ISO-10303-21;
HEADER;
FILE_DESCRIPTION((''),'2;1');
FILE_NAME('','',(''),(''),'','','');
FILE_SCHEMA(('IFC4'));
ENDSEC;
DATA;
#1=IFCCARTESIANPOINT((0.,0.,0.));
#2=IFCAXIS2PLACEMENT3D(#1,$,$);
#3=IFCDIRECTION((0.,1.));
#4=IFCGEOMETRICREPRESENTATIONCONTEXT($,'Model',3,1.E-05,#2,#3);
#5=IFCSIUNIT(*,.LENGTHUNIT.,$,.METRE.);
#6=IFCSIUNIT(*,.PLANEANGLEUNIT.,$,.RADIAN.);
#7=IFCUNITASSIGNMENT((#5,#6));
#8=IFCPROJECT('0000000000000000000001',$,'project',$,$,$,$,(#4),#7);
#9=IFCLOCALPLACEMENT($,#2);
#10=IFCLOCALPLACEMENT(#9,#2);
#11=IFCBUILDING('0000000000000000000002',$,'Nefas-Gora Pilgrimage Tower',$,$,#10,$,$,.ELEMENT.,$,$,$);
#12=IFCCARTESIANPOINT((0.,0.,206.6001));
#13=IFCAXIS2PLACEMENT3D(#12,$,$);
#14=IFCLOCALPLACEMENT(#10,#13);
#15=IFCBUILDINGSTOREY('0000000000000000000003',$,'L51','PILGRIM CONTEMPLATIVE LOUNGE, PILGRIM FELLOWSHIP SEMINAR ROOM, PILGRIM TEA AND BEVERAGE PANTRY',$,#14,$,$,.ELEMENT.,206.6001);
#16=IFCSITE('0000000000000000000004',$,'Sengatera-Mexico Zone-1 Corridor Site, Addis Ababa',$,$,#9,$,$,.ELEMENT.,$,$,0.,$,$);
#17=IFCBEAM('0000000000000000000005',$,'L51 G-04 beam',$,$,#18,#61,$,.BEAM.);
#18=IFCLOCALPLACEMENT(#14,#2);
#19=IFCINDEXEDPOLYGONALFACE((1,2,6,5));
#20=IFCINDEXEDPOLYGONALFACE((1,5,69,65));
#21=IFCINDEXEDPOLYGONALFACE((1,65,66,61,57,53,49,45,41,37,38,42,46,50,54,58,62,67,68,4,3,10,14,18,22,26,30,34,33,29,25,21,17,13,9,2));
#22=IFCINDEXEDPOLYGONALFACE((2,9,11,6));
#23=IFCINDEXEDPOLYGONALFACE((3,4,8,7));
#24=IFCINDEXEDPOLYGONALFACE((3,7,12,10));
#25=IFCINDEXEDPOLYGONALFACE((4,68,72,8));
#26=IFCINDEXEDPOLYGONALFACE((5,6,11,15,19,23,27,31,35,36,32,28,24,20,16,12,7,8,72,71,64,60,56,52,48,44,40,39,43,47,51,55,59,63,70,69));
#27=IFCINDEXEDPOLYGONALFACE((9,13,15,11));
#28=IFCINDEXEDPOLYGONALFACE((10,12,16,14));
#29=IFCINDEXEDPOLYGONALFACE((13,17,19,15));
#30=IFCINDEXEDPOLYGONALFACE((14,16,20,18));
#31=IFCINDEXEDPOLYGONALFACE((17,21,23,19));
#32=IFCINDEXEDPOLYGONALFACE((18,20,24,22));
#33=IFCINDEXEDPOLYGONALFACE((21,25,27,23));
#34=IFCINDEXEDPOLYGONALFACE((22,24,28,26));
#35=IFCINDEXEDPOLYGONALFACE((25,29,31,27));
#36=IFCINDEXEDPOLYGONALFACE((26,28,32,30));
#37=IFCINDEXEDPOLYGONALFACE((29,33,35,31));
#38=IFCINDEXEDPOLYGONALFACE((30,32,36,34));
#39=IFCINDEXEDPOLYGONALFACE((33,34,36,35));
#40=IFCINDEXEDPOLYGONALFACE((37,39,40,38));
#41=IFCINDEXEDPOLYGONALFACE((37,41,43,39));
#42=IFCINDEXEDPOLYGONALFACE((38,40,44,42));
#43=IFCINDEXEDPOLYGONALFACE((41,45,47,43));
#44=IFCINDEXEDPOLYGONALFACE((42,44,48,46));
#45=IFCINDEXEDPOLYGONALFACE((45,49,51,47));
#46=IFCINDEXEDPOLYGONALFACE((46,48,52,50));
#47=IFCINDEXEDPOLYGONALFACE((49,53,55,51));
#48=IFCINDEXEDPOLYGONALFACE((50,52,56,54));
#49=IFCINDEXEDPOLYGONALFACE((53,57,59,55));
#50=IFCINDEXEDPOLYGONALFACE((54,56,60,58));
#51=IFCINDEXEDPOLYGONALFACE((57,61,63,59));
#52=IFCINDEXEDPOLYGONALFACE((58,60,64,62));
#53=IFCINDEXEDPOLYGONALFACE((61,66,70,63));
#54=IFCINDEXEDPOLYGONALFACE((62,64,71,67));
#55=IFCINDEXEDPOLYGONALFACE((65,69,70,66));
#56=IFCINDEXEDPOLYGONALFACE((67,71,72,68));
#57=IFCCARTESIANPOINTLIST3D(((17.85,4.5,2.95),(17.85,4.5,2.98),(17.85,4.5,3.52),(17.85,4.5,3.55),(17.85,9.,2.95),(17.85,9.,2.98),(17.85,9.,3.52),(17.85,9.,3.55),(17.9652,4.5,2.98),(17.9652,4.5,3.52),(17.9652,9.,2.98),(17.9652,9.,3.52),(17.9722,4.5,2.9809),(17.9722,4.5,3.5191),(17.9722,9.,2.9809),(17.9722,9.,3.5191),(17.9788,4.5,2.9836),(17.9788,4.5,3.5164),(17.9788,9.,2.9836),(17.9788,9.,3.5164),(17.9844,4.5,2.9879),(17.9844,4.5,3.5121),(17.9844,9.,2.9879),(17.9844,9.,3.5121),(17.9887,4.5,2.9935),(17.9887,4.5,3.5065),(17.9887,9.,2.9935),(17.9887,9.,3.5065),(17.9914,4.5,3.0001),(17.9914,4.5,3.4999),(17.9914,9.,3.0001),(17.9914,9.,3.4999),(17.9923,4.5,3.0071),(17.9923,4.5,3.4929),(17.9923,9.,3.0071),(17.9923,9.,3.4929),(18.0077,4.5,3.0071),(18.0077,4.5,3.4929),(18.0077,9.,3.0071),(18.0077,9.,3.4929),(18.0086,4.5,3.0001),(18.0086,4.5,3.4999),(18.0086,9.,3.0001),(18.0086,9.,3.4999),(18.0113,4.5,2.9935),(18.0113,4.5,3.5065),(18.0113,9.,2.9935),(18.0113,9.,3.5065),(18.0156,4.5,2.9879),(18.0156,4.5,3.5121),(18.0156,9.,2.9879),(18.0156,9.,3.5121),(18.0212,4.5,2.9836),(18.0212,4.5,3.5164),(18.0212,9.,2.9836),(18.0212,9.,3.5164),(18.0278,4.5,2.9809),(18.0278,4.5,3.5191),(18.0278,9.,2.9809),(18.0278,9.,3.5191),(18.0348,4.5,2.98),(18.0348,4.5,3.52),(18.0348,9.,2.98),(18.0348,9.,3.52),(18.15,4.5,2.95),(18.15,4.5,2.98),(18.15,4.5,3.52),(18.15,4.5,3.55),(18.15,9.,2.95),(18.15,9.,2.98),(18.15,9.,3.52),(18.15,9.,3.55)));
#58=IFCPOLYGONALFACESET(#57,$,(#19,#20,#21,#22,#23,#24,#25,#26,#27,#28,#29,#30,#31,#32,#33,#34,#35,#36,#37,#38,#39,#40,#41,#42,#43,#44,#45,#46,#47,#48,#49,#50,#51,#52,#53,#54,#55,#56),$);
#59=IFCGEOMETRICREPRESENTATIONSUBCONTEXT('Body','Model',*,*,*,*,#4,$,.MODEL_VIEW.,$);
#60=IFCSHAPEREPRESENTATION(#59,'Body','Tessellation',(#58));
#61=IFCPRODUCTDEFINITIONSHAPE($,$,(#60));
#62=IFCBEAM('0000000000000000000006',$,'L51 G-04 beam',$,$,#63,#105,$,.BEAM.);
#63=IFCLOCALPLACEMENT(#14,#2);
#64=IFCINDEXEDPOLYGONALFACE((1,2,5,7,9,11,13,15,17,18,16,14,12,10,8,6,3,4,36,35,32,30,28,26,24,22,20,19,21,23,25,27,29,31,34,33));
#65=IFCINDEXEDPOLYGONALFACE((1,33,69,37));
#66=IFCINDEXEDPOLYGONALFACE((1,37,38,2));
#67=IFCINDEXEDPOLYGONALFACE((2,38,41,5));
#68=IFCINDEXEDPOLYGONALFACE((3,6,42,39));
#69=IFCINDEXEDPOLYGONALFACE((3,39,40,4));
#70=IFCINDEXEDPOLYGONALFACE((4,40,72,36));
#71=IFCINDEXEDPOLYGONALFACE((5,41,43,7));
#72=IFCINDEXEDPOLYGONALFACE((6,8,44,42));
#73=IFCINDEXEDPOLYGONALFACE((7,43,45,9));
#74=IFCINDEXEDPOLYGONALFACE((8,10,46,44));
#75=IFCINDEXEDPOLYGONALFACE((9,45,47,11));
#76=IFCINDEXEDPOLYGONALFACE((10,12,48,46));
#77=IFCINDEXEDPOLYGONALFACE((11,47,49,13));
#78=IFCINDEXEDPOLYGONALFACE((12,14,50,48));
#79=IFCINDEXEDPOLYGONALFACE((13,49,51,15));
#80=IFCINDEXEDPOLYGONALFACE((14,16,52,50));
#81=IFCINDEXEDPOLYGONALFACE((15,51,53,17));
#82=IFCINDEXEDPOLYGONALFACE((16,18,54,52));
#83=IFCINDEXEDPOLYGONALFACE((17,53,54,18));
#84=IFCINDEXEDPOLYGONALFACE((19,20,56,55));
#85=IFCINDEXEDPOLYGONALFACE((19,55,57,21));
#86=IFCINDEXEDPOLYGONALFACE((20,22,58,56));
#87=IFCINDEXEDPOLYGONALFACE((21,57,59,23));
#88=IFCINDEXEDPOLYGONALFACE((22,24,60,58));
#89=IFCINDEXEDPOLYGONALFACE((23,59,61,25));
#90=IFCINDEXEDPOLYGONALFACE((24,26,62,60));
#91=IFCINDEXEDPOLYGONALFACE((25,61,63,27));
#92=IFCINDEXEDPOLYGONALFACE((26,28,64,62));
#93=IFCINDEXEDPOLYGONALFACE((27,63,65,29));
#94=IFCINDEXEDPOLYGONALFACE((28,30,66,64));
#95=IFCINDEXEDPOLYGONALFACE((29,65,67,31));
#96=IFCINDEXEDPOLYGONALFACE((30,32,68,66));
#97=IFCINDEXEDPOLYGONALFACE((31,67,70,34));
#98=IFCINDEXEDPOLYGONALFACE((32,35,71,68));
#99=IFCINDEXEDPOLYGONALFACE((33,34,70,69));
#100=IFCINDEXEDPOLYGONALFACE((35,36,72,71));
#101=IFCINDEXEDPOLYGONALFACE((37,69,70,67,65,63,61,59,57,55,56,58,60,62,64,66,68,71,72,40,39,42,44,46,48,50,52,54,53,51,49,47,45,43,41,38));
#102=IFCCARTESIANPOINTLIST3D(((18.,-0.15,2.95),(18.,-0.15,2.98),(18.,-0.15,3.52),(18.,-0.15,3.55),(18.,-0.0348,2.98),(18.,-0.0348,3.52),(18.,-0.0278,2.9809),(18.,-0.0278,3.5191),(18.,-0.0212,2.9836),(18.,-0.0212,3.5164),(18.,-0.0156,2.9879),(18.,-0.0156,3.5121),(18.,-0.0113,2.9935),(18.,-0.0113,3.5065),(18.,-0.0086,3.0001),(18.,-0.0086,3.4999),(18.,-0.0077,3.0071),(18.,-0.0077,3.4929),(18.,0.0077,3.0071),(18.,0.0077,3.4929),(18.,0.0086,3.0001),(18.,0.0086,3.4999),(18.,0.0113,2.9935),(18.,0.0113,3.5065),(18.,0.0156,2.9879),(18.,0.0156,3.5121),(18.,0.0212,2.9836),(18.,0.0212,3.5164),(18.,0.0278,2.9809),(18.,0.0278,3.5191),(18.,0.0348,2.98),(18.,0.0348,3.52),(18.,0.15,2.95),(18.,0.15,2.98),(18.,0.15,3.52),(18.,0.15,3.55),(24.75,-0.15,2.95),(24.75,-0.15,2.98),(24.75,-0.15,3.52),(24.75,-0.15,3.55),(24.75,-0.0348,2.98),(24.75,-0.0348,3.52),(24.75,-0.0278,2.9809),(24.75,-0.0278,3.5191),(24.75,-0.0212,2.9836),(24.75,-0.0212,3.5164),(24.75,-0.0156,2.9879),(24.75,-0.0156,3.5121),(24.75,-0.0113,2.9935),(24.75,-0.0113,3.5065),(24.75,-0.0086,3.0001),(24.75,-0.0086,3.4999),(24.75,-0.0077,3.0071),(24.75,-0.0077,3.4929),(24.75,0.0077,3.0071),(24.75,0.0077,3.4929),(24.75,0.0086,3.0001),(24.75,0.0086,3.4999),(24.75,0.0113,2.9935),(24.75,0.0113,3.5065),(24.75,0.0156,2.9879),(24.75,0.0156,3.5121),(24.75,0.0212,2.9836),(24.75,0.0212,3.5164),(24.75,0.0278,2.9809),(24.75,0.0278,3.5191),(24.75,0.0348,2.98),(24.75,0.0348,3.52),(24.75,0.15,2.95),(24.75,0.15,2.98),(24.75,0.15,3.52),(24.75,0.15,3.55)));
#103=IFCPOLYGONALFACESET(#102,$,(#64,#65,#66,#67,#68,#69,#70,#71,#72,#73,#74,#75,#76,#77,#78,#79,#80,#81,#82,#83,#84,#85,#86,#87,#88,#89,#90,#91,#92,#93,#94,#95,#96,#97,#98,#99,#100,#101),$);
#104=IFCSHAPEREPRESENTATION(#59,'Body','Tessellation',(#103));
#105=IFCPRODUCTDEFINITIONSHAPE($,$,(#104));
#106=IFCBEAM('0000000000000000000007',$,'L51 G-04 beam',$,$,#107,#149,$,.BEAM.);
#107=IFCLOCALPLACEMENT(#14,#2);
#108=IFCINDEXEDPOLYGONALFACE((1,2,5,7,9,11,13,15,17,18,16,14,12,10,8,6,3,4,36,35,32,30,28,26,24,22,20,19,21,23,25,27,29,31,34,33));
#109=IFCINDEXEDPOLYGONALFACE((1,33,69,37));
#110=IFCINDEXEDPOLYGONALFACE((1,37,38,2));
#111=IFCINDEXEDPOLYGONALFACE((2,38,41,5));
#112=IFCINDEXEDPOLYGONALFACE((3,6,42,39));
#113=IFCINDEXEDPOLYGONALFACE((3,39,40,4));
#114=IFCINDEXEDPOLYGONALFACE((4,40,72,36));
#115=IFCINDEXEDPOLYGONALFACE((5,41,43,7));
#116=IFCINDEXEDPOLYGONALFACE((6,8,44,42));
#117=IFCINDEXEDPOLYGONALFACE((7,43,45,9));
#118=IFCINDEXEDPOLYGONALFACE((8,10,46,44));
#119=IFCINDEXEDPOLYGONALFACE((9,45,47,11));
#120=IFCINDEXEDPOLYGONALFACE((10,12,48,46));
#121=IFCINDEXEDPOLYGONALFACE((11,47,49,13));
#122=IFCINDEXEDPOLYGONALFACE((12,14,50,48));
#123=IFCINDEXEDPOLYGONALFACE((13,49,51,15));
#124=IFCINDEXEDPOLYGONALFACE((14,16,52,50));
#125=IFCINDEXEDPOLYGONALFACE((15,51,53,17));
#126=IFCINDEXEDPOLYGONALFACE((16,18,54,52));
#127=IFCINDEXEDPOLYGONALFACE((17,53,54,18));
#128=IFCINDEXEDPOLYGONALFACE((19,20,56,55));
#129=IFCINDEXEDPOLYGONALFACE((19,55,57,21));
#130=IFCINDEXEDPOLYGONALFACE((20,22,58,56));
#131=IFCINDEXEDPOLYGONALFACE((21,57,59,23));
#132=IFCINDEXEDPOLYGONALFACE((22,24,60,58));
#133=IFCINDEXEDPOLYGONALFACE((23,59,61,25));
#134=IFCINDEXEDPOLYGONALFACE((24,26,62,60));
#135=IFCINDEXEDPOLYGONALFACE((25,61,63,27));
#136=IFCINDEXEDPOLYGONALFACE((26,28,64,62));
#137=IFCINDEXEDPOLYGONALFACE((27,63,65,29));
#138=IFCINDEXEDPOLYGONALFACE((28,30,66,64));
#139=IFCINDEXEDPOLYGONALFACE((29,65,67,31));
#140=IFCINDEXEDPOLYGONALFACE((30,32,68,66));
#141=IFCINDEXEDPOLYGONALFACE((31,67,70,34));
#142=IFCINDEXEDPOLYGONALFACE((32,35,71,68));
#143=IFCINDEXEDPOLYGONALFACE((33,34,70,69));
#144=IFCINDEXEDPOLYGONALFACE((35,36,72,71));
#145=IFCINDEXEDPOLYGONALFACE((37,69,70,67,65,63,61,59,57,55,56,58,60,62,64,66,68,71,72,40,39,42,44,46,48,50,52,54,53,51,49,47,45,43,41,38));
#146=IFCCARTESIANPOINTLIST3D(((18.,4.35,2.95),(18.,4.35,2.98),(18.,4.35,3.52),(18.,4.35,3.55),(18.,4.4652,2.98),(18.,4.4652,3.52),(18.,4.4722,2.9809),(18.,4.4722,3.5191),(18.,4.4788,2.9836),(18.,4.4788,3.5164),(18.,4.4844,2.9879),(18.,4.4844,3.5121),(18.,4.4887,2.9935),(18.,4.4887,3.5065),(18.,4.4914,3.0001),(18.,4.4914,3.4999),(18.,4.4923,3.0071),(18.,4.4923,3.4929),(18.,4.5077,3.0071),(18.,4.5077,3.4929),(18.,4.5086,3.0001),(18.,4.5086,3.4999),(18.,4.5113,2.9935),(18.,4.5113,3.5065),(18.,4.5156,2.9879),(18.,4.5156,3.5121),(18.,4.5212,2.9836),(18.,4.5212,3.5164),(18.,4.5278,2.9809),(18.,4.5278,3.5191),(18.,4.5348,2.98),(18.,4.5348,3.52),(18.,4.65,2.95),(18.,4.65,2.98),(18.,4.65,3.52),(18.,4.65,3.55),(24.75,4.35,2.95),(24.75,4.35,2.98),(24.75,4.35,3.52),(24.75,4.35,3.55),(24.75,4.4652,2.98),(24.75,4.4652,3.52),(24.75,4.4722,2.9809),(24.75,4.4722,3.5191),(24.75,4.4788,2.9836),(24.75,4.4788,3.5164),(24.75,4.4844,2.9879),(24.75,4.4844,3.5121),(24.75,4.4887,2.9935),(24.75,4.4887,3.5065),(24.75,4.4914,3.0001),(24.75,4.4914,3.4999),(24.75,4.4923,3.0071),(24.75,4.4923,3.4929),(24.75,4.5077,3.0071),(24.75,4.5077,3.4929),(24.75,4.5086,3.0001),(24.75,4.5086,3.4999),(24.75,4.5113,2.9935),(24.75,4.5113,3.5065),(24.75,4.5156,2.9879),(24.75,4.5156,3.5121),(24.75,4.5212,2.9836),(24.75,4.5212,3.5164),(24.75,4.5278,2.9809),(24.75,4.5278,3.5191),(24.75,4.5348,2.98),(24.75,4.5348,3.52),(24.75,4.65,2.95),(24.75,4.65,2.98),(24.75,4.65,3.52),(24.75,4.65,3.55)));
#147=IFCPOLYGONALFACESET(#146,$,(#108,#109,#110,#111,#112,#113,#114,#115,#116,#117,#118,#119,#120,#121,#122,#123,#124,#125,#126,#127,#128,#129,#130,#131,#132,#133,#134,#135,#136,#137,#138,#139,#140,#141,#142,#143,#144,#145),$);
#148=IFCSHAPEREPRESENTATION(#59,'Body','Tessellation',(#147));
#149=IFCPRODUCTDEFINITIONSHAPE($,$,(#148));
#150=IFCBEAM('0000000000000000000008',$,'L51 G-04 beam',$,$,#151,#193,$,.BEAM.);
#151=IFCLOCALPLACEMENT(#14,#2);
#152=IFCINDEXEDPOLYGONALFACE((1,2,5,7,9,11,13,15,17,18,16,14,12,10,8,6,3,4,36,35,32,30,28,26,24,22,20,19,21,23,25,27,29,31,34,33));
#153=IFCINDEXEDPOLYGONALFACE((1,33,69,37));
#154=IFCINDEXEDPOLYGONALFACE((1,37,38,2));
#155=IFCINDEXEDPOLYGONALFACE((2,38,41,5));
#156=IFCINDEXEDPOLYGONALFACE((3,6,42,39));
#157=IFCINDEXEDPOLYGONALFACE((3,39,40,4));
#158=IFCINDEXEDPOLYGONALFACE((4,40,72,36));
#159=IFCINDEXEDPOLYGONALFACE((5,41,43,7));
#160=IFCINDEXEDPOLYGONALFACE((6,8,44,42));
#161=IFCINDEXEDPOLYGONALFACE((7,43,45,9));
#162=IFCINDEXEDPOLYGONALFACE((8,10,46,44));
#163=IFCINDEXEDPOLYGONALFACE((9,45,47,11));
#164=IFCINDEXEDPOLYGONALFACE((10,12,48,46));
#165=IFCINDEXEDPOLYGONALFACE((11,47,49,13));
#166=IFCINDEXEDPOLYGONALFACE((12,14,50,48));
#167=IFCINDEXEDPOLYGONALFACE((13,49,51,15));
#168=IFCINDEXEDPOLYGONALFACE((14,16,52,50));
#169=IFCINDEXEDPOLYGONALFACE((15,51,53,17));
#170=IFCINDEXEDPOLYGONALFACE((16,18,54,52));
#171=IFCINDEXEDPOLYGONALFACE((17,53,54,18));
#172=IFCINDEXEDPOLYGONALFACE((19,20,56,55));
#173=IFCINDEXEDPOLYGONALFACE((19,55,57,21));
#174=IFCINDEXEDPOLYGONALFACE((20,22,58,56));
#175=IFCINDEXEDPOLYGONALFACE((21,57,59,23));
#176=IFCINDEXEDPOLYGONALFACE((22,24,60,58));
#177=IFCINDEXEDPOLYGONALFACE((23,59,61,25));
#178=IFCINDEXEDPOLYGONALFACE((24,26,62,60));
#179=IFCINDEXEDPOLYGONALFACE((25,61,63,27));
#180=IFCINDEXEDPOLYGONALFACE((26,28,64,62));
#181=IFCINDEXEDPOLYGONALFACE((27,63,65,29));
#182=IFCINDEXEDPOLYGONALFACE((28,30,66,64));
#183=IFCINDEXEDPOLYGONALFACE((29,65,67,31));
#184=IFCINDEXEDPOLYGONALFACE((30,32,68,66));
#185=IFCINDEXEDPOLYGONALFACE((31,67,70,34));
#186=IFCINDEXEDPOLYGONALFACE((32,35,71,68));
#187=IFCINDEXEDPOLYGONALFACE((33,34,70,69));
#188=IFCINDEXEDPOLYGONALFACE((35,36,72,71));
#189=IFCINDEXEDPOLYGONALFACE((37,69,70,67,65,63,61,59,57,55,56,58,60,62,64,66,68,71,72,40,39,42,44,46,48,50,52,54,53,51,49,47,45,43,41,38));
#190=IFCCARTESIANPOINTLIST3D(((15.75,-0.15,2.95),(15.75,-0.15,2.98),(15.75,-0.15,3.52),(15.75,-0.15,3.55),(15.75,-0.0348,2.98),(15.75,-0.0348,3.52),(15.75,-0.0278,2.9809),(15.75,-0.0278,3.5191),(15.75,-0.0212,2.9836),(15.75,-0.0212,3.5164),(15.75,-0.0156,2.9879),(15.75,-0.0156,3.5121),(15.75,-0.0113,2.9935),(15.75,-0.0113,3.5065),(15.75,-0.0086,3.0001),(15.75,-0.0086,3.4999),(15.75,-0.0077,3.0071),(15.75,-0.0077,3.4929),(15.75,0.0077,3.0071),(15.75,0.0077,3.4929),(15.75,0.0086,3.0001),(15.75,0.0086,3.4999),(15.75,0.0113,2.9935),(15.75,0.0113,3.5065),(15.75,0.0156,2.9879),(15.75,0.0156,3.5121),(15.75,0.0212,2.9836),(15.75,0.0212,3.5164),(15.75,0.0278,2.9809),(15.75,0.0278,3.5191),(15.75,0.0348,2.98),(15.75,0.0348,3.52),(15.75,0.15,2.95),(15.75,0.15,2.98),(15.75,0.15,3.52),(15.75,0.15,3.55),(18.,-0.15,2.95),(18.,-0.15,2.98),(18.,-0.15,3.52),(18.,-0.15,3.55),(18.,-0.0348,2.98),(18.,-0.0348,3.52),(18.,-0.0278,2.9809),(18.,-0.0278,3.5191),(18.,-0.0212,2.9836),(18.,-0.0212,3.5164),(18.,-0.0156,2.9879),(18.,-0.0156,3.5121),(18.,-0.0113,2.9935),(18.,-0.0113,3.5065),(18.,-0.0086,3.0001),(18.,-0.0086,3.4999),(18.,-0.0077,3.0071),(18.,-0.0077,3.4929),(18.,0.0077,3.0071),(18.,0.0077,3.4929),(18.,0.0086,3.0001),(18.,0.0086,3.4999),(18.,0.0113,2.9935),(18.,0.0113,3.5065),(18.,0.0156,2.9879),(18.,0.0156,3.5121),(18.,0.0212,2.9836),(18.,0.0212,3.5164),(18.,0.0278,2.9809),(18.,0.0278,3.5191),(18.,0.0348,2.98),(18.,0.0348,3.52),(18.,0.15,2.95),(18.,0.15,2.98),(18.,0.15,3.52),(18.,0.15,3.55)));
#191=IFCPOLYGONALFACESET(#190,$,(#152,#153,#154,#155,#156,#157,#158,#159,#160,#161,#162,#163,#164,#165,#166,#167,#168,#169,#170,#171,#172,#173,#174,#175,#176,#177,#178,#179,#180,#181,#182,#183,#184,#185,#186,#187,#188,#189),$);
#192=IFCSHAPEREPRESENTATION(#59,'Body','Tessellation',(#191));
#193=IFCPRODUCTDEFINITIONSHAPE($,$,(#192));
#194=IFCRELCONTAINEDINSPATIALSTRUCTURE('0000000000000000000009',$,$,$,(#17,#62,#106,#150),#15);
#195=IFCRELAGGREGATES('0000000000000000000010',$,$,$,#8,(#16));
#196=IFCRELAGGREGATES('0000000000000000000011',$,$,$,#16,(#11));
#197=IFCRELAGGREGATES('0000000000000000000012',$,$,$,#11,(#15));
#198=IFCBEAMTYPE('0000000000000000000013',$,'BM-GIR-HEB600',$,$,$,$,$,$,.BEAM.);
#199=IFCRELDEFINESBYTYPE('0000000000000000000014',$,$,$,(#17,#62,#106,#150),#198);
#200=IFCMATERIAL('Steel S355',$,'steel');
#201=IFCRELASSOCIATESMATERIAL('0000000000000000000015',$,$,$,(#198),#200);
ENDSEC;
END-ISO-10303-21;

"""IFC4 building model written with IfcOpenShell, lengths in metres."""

from ifc_helpers import new_model, si_unit, direction, frame, origin, origin_2d, place, context, subcontext, project, spatial, i_section, extrude, source, transform, mapped, material, material_profile, profile_set, type_object, element, save


model = new_model("IFC4")

# Units and contexts
model_context = context("Model", 3, precision=1e-05, world=origin(), true_north=direction((0.0, 1.0)))
body_context = subcontext(model_context, "Body", "Model", "MODEL_VIEW")
ifc_project = project(units=[si_unit("LENGTHUNIT", "METRE"), si_unit("PLANEANGLEUNIT", "RADIAN")], contexts=[model_context])

# Site, building, storey
site_placement = place(None, origin())
site = spatial("IfcSite", under=ifc_project, at=site_placement, Name="Sengatera-Mexico Zone-1 Corridor Site, Addis Ababa", CompositionType="ELEMENT", RefElevation=0.0)
building_placement = place(site_placement, origin())
building = spatial("IfcBuilding", under=site, at=building_placement, Name="Nefas-Gora Pilgrimage Tower", CompositionType="ELEMENT")
storey_placement = place(building_placement, frame((0.0, 0.0, 206.6001)))
storey = spatial("IfcBuildingStorey", under=building, at=storey_placement, Name="L51", Description="PILGRIM CONTEMPLATIVE LOUNGE, PILGRIM FELLOWSHIP SEMINAR ROOM, PILGRIM TEA AND BEVERAGE PANTRY", CompositionType="ELEMENT", Elevation=206.6001)

# Beams
ifc_material_1 = material(Name="Steel S355", Category="steel")
ifc_material_profile_1 = material_profile(ifc_material_1, i_section(OverallWidth=0.3, OverallDepth=0.6001, WebThickness=0.0154, FlangeThickness=0.03, FilletRadius=0.0271, at=origin_2d()), Name="HEB 600")
ifc_profile_set_1 = profile_set([ifc_material_profile_1], Name="Steel S355")
beam_type_1 = type_object("IfcBeamType", Name="BM-GIR-HEB600", PredefinedType="BEAM", material=ifc_profile_set_1)
shared_shape_1 = source(origin(), body_context, "Body", "SweptSolid", [
    extrude(i_section(OverallWidth=0.3, OverallDepth=0.6001, WebThickness=0.0154, FlangeThickness=0.03, FilletRadius=0.0271, at=origin_2d()), origin(), (0.0, 0.0, 1.0), 4.5),
])
for number, where, z_axis, x_axis, name in (
    (1, (18.0, 4.5, 3.25), (0.0, 1.0, 0.0), (-1.0, 0.0, 0.0), "L51 G-04 beam"),
):
    element("IfcBeam", number, at=place(storey_placement, frame(where, z_axis=z_axis, x_axis=x_axis)), inside=storey, type_object=beam_type_1, Name=name, PredefinedType="BEAM", context=body_context, shape_type="MappedRepresentation", body=[
        mapped(shared_shape_1, transform((0.0, 0.0, 0.0), x_axis=(1.0, 0.0, 0.0), y_axis=(0.0, 1.0, 0.0), z_axis=(0.0, 0.0, 1.0), scale=1.0)),
    ])
shared_shape_2 = source(origin(), body_context, "Body", "SweptSolid", [
    extrude(i_section(OverallWidth=0.3, OverallDepth=0.6001, WebThickness=0.0154, FlangeThickness=0.03, FilletRadius=0.0271, at=origin_2d()), origin(), (0.0, 0.0, 1.0), 6.75),
])
for number, where, z_axis, x_axis, name in (
    (2, (18.0, 0.0, 3.25), (1.0, 0.0, 0.0), (0.0, 1.0, 0.0), "L51 G-04 beam"),
    (3, (18.0, 4.5, 3.25), (1.0, 0.0, 0.0), (0.0, 1.0, 0.0), "L51 G-04 beam"),
):
    element("IfcBeam", number, at=place(storey_placement, frame(where, z_axis=z_axis, x_axis=x_axis)), inside=storey, type_object=beam_type_1, Name=name, PredefinedType="BEAM", context=body_context, shape_type="MappedRepresentation", body=[
        mapped(shared_shape_2, transform((0.0, 0.0, 0.0), x_axis=(1.0, 0.0, 0.0), y_axis=(0.0, 1.0, 0.0), z_axis=(0.0, 0.0, 1.0), scale=1.0)),
    ])
shared_shape_3 = source(origin(), body_context, "Body", "SweptSolid", [
    extrude(i_section(OverallWidth=0.3, OverallDepth=0.6001, WebThickness=0.0154, FlangeThickness=0.03, FilletRadius=0.0271, at=origin_2d()), origin(), (0.0, 0.0, 1.0), 2.25),
])
for number, where, z_axis, x_axis, name in (
    (4, (15.75, 0.0, 3.25), (1.0, 0.0, 0.0), (0.0, 1.0, 0.0), "L51 G-04 beam"),
):
    element("IfcBeam", number, at=place(storey_placement, frame(where, z_axis=z_axis, x_axis=x_axis)), inside=storey, type_object=beam_type_1, Name=name, PredefinedType="BEAM", context=body_context, shape_type="MappedRepresentation", body=[
        mapped(shared_shape_3, transform((0.0, 0.0, 0.0), x_axis=(1.0, 0.0, 0.0), y_axis=(0.0, 1.0, 0.0), z_axis=(0.0, 0.0, 1.0), scale=1.0)),
    ])

save(model, "model.ifc")
